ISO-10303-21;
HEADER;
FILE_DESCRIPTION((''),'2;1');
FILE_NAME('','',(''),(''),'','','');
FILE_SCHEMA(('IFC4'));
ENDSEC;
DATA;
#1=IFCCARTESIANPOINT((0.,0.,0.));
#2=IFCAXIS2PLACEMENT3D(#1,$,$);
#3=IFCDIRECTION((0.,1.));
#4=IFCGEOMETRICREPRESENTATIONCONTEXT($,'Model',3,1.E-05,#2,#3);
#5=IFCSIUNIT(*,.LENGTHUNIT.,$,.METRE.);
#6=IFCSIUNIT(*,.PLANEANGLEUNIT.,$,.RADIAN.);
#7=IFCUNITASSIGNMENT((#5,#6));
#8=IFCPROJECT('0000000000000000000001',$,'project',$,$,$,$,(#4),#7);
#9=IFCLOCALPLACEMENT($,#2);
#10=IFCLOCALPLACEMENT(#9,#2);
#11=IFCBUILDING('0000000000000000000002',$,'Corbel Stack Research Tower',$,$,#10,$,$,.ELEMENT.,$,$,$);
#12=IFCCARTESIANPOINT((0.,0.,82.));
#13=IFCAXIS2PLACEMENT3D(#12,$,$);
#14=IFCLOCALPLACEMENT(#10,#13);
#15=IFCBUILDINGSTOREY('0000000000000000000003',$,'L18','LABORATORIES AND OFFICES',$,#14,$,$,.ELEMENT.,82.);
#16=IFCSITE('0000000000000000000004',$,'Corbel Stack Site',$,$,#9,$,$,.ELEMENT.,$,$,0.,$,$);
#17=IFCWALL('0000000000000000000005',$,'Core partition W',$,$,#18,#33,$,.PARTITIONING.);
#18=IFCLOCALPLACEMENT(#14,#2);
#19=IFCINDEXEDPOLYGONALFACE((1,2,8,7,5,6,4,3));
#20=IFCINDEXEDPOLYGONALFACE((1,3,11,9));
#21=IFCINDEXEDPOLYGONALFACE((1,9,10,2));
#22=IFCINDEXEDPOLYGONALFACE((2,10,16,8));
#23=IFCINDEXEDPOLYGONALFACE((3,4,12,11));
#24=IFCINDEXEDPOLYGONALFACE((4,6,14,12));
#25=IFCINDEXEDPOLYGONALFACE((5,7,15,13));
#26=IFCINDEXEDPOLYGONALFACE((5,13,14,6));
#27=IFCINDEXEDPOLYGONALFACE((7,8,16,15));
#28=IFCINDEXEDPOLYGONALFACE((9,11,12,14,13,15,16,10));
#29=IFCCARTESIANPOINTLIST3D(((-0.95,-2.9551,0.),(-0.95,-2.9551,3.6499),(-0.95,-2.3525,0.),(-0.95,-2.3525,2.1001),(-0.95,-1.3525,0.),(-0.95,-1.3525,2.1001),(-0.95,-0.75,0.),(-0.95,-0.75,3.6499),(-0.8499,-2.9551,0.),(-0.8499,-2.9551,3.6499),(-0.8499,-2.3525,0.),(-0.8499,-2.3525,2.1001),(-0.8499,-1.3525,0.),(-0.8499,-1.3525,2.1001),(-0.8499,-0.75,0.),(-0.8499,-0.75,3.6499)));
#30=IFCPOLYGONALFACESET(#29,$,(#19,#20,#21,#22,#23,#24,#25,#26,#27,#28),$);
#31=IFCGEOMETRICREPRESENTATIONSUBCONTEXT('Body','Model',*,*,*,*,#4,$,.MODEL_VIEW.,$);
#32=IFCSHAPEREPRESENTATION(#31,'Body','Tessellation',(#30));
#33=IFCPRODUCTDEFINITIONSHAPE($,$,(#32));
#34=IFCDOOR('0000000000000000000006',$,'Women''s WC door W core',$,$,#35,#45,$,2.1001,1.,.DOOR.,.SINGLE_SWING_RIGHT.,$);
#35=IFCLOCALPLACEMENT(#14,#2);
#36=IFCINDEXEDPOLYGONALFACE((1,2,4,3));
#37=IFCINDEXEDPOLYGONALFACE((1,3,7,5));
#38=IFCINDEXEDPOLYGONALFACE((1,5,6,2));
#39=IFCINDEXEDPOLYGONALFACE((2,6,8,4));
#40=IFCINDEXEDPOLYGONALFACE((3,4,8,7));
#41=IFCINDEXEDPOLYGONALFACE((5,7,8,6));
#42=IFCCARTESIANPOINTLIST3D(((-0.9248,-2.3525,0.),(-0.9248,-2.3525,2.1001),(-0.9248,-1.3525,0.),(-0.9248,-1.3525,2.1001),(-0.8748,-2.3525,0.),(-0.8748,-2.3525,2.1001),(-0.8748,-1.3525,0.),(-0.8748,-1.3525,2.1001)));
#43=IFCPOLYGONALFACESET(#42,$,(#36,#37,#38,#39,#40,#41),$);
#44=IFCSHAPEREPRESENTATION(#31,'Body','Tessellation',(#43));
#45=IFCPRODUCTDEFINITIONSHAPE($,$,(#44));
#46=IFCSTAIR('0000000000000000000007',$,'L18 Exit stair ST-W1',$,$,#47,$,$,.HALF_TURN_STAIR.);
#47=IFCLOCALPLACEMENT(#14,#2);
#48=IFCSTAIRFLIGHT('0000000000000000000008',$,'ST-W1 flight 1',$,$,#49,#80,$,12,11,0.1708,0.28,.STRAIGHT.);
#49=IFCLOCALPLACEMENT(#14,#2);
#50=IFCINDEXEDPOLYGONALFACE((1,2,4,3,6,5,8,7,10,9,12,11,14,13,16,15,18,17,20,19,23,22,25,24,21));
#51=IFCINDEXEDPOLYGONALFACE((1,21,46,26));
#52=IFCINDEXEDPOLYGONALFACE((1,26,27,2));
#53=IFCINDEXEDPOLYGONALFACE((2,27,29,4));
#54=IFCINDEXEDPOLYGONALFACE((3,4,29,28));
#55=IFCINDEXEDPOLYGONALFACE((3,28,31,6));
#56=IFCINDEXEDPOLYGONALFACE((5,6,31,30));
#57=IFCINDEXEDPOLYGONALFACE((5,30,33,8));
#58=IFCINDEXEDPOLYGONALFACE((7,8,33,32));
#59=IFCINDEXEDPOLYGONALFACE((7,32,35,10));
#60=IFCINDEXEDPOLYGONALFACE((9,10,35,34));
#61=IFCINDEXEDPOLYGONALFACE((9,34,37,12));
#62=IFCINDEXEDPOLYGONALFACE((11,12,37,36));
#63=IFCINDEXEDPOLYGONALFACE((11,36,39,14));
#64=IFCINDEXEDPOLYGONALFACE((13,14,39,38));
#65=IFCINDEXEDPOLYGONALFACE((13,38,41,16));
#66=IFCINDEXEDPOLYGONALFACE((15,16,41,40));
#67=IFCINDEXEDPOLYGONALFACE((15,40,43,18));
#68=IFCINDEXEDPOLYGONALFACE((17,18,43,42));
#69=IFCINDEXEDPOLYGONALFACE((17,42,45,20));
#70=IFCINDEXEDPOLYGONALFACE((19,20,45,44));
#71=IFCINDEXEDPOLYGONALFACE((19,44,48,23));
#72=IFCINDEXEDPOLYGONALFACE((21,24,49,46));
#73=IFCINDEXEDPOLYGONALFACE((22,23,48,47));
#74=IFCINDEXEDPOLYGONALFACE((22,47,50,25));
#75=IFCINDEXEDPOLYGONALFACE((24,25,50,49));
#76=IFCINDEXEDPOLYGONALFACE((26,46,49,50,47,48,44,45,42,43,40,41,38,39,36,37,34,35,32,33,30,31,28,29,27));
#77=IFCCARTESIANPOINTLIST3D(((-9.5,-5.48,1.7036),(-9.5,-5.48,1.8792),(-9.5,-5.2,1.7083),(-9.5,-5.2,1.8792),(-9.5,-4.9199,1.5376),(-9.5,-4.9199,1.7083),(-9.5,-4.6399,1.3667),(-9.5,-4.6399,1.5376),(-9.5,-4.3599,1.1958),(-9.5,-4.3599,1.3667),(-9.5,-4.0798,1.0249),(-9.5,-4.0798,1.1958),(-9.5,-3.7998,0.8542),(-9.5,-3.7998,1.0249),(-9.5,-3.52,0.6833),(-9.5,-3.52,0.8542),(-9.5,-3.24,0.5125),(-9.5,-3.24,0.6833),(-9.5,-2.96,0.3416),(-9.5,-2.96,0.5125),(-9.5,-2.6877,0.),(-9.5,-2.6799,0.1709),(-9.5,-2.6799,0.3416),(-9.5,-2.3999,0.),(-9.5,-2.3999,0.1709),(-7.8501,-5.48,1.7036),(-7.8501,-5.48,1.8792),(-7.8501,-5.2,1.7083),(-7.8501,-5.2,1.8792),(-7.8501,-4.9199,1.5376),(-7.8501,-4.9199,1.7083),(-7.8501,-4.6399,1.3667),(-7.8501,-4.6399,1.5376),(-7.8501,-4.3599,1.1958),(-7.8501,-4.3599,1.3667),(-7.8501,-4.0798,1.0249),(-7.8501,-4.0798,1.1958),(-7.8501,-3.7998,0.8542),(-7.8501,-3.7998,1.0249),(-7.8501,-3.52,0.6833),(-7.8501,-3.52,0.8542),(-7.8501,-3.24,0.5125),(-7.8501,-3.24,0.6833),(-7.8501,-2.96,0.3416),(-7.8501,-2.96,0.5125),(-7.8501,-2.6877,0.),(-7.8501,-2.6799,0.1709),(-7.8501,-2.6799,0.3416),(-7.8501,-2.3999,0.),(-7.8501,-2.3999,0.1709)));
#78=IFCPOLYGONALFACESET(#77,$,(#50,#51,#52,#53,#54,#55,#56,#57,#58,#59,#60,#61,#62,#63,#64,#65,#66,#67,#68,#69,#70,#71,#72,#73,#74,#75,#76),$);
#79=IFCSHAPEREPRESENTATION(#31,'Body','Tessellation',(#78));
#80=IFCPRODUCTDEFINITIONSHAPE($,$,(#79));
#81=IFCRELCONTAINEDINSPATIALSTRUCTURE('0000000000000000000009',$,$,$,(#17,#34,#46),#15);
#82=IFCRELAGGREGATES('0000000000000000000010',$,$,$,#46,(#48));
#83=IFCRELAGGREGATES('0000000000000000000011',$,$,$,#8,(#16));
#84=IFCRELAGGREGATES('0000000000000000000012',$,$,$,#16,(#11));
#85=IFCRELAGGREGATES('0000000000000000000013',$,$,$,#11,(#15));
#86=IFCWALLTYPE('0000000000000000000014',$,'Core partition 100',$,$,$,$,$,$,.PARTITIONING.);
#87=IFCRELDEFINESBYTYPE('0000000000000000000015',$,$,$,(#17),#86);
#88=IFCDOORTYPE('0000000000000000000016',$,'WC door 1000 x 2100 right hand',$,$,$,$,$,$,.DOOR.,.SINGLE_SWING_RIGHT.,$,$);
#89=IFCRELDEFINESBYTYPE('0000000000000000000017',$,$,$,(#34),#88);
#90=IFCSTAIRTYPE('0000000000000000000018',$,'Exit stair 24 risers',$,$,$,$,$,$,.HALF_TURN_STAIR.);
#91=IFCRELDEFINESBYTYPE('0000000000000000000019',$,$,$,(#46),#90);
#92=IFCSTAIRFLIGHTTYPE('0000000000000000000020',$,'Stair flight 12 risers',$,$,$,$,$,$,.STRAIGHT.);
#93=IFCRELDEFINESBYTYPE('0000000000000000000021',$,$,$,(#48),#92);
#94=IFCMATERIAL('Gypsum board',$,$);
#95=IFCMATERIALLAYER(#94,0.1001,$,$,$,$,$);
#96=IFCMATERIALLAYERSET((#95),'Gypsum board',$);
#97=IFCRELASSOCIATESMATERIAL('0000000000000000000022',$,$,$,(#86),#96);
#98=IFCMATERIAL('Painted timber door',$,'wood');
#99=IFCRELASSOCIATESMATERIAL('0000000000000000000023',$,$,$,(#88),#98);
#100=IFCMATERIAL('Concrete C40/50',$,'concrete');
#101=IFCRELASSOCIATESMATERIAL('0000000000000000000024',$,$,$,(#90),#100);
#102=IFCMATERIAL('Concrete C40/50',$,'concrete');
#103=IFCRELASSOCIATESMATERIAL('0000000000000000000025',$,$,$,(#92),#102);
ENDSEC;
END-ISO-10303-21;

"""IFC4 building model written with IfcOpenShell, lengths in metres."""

from ifc_helpers import new_model, si_unit, direction, frame, frame_2d, origin, place, context, subcontext, project, spatial, polyline, rectangle, outline, extrude, material, layer, layer_set, type_object, element, fill, aggregate, save


model = new_model("IFC4")

# Units and contexts
model_context = context("Model", 3, precision=1e-05, world=origin(), true_north=direction((0.0, 1.0)))
body_context = subcontext(model_context, "Body", "Model", "MODEL_VIEW")
ifc_project = project(units=[si_unit("LENGTHUNIT", "METRE"), si_unit("PLANEANGLEUNIT", "RADIAN")], contexts=[model_context])

# Site, building, storey
site_placement = place(None, origin())
site = spatial("IfcSite", under=ifc_project, at=site_placement, Name="Corbel Stack Site", CompositionType="ELEMENT", RefElevation=0.0)
building_placement = place(site_placement, origin())
building = spatial("IfcBuilding", under=site, at=building_placement, Name="Corbel Stack Research Tower", CompositionType="ELEMENT")
storey_placement = place(building_placement, frame((0.0, 0.0, 82.0)))
storey = spatial("IfcBuildingStorey", under=building, at=storey_placement, Name="L18", Description="LABORATORIES AND OFFICES", CompositionType="ELEMENT", Elevation=82.0)

# Wall, opening, door
ifc_material_1 = material(Name="Gypsum board")
ifc_layer_1 = layer(ifc_material_1, 0.1001)
ifc_layer_set_1 = layer_set([ifc_layer_1], Name="Gypsum board")
wall_type_1 = type_object("IfcWallType", Name="Core partition 100", PredefinedType="PARTITIONING", material=ifc_layer_set_1)
wall_placement = place(storey_placement, frame((-0.8999, -2.9551, 0.0), z_axis=(0.0, 0.0, 1.0), x_axis=(0.0, 1.0, 0.0)))
wall = element("IfcWall", 1, at=wall_placement, inside=storey, type_object=wall_type_1, Name="Core partition W", PredefinedType="PARTITIONING", context=body_context, shape_type="SweptSolid", body=[
    extrude(rectangle(XDim=2.2051, YDim=0.1001, at=frame_2d((1.1025, 0.0))), origin(), (0.0, 0.0, 1.0), 3.6499),
])
opening_placement = place(wall_placement, frame((0.6025, 0.0, 0.0)))
opening = element("IfcOpeningElement", 2, at=opening_placement, cuts=wall, PredefinedType="OPENING", context=body_context, shape_type="SweptSolid", body=[
    extrude(rectangle(XDim=1.0, YDim=2.1001, at=frame_2d((0.5, 1.05))), frame((0.0, 0.0601, 0.0), z_axis=(0.0, -1.0, 0.0), x_axis=(1.0, 0.0, 0.0)), (0.0, 0.0, 1.0), 0.1201),
])
ifc_material_2 = material(Name="Painted timber door", Category="wood")
door_type = type_object("IfcDoorType", Name="WC door 1000 x 2100 right hand", OperationType="SINGLE_SWING_RIGHT", PredefinedType="DOOR", material=ifc_material_2)
door_placement = place(opening_placement, origin())
door = element("IfcDoor", 3, at=door_placement, inside=storey, type_object=door_type, Name="Women's WC door W core", OperationType="SINGLE_SWING_RIGHT", OverallHeight=2.1001, OverallWidth=1.0, PredefinedType="DOOR", context=body_context, shape_type="SweptSolid", body=[
    extrude(rectangle(XDim=1.0, YDim=2.1001, at=frame_2d((0.5, 1.05))), frame((0.0, 0.0249, 0.0), z_axis=(0.0, -1.0, 0.0), x_axis=(1.0, 0.0, 0.0)), (0.0, 0.0, 1.0), 0.05),
])
fill(opening, door)

# Stair, stair flight
ifc_material_3 = material(Name="Concrete C40/50", Category="concrete")
stair_type = type_object("IfcStairType", Name="Exit stair 24 risers", PredefinedType="HALF_TURN_STAIR", material=ifc_material_3)
stair_placement = place(storey_placement, origin())
stair = element("IfcStair", 4, at=stair_placement, inside=storey, type_object=stair_type, Name="L18 Exit stair ST-W1", PredefinedType="HALF_TURN_STAIR")
ifc_material_4 = material(Name="Concrete C40/50", Category="concrete")
stair_flight_type = type_object("IfcStairFlightType", Name="Stair flight 12 risers", PredefinedType="STRAIGHT", material=ifc_material_4)
stair_flight_placement = place(storey_placement, frame((-8.675, -2.3999, 0.0), z_axis=(0.0, 0.0, 1.0), x_axis=(0.0, -1.0, 0.0)))
stair_flight = element("IfcStairFlight", 5, at=stair_flight_placement, type_object=stair_flight_type, Name="ST-W1 flight 1", NumberOfRisers=12, NumberOfTreads=11, PredefinedType="STRAIGHT", RiserHeight=0.1708, TreadLength=0.28, context=body_context, shape_type="SweptSolid", body=[
    extrude(outline(polyline([(0.0, 0.0), (0.0, 0.1709), (0.28, 0.1709), (0.28, 0.3416), (0.5601, 0.3416), (0.5601, 0.5125), (0.8401, 0.5125), (0.8401, 0.6833), (1.1201, 0.6833), (1.1201, 0.8542), (1.3999, 0.8542), (1.3999, 1.0249), (1.6799, 1.0249), (1.6799, 1.1958), (1.96, 1.1958), (1.96, 1.3667), (2.24, 1.3667), (2.24, 1.5376), (2.52, 1.5376), (2.52, 1.7083), (2.8, 1.7083), (2.8, 1.8792), (3.0801, 1.8792), (3.0801, 2.05), (3.0801, 1.7036), (0.2878, 0.0), (0.0, 0.0)])), frame((0.0, 0.825, 0.0), z_axis=(0.0, -1.0, 0.0), x_axis=(1.0, 0.0, 0.0)), (0.0, 0.0, 1.0), 1.6499),
])
aggregate(stair, [stair_flight])

save(model, "model.ifc")
